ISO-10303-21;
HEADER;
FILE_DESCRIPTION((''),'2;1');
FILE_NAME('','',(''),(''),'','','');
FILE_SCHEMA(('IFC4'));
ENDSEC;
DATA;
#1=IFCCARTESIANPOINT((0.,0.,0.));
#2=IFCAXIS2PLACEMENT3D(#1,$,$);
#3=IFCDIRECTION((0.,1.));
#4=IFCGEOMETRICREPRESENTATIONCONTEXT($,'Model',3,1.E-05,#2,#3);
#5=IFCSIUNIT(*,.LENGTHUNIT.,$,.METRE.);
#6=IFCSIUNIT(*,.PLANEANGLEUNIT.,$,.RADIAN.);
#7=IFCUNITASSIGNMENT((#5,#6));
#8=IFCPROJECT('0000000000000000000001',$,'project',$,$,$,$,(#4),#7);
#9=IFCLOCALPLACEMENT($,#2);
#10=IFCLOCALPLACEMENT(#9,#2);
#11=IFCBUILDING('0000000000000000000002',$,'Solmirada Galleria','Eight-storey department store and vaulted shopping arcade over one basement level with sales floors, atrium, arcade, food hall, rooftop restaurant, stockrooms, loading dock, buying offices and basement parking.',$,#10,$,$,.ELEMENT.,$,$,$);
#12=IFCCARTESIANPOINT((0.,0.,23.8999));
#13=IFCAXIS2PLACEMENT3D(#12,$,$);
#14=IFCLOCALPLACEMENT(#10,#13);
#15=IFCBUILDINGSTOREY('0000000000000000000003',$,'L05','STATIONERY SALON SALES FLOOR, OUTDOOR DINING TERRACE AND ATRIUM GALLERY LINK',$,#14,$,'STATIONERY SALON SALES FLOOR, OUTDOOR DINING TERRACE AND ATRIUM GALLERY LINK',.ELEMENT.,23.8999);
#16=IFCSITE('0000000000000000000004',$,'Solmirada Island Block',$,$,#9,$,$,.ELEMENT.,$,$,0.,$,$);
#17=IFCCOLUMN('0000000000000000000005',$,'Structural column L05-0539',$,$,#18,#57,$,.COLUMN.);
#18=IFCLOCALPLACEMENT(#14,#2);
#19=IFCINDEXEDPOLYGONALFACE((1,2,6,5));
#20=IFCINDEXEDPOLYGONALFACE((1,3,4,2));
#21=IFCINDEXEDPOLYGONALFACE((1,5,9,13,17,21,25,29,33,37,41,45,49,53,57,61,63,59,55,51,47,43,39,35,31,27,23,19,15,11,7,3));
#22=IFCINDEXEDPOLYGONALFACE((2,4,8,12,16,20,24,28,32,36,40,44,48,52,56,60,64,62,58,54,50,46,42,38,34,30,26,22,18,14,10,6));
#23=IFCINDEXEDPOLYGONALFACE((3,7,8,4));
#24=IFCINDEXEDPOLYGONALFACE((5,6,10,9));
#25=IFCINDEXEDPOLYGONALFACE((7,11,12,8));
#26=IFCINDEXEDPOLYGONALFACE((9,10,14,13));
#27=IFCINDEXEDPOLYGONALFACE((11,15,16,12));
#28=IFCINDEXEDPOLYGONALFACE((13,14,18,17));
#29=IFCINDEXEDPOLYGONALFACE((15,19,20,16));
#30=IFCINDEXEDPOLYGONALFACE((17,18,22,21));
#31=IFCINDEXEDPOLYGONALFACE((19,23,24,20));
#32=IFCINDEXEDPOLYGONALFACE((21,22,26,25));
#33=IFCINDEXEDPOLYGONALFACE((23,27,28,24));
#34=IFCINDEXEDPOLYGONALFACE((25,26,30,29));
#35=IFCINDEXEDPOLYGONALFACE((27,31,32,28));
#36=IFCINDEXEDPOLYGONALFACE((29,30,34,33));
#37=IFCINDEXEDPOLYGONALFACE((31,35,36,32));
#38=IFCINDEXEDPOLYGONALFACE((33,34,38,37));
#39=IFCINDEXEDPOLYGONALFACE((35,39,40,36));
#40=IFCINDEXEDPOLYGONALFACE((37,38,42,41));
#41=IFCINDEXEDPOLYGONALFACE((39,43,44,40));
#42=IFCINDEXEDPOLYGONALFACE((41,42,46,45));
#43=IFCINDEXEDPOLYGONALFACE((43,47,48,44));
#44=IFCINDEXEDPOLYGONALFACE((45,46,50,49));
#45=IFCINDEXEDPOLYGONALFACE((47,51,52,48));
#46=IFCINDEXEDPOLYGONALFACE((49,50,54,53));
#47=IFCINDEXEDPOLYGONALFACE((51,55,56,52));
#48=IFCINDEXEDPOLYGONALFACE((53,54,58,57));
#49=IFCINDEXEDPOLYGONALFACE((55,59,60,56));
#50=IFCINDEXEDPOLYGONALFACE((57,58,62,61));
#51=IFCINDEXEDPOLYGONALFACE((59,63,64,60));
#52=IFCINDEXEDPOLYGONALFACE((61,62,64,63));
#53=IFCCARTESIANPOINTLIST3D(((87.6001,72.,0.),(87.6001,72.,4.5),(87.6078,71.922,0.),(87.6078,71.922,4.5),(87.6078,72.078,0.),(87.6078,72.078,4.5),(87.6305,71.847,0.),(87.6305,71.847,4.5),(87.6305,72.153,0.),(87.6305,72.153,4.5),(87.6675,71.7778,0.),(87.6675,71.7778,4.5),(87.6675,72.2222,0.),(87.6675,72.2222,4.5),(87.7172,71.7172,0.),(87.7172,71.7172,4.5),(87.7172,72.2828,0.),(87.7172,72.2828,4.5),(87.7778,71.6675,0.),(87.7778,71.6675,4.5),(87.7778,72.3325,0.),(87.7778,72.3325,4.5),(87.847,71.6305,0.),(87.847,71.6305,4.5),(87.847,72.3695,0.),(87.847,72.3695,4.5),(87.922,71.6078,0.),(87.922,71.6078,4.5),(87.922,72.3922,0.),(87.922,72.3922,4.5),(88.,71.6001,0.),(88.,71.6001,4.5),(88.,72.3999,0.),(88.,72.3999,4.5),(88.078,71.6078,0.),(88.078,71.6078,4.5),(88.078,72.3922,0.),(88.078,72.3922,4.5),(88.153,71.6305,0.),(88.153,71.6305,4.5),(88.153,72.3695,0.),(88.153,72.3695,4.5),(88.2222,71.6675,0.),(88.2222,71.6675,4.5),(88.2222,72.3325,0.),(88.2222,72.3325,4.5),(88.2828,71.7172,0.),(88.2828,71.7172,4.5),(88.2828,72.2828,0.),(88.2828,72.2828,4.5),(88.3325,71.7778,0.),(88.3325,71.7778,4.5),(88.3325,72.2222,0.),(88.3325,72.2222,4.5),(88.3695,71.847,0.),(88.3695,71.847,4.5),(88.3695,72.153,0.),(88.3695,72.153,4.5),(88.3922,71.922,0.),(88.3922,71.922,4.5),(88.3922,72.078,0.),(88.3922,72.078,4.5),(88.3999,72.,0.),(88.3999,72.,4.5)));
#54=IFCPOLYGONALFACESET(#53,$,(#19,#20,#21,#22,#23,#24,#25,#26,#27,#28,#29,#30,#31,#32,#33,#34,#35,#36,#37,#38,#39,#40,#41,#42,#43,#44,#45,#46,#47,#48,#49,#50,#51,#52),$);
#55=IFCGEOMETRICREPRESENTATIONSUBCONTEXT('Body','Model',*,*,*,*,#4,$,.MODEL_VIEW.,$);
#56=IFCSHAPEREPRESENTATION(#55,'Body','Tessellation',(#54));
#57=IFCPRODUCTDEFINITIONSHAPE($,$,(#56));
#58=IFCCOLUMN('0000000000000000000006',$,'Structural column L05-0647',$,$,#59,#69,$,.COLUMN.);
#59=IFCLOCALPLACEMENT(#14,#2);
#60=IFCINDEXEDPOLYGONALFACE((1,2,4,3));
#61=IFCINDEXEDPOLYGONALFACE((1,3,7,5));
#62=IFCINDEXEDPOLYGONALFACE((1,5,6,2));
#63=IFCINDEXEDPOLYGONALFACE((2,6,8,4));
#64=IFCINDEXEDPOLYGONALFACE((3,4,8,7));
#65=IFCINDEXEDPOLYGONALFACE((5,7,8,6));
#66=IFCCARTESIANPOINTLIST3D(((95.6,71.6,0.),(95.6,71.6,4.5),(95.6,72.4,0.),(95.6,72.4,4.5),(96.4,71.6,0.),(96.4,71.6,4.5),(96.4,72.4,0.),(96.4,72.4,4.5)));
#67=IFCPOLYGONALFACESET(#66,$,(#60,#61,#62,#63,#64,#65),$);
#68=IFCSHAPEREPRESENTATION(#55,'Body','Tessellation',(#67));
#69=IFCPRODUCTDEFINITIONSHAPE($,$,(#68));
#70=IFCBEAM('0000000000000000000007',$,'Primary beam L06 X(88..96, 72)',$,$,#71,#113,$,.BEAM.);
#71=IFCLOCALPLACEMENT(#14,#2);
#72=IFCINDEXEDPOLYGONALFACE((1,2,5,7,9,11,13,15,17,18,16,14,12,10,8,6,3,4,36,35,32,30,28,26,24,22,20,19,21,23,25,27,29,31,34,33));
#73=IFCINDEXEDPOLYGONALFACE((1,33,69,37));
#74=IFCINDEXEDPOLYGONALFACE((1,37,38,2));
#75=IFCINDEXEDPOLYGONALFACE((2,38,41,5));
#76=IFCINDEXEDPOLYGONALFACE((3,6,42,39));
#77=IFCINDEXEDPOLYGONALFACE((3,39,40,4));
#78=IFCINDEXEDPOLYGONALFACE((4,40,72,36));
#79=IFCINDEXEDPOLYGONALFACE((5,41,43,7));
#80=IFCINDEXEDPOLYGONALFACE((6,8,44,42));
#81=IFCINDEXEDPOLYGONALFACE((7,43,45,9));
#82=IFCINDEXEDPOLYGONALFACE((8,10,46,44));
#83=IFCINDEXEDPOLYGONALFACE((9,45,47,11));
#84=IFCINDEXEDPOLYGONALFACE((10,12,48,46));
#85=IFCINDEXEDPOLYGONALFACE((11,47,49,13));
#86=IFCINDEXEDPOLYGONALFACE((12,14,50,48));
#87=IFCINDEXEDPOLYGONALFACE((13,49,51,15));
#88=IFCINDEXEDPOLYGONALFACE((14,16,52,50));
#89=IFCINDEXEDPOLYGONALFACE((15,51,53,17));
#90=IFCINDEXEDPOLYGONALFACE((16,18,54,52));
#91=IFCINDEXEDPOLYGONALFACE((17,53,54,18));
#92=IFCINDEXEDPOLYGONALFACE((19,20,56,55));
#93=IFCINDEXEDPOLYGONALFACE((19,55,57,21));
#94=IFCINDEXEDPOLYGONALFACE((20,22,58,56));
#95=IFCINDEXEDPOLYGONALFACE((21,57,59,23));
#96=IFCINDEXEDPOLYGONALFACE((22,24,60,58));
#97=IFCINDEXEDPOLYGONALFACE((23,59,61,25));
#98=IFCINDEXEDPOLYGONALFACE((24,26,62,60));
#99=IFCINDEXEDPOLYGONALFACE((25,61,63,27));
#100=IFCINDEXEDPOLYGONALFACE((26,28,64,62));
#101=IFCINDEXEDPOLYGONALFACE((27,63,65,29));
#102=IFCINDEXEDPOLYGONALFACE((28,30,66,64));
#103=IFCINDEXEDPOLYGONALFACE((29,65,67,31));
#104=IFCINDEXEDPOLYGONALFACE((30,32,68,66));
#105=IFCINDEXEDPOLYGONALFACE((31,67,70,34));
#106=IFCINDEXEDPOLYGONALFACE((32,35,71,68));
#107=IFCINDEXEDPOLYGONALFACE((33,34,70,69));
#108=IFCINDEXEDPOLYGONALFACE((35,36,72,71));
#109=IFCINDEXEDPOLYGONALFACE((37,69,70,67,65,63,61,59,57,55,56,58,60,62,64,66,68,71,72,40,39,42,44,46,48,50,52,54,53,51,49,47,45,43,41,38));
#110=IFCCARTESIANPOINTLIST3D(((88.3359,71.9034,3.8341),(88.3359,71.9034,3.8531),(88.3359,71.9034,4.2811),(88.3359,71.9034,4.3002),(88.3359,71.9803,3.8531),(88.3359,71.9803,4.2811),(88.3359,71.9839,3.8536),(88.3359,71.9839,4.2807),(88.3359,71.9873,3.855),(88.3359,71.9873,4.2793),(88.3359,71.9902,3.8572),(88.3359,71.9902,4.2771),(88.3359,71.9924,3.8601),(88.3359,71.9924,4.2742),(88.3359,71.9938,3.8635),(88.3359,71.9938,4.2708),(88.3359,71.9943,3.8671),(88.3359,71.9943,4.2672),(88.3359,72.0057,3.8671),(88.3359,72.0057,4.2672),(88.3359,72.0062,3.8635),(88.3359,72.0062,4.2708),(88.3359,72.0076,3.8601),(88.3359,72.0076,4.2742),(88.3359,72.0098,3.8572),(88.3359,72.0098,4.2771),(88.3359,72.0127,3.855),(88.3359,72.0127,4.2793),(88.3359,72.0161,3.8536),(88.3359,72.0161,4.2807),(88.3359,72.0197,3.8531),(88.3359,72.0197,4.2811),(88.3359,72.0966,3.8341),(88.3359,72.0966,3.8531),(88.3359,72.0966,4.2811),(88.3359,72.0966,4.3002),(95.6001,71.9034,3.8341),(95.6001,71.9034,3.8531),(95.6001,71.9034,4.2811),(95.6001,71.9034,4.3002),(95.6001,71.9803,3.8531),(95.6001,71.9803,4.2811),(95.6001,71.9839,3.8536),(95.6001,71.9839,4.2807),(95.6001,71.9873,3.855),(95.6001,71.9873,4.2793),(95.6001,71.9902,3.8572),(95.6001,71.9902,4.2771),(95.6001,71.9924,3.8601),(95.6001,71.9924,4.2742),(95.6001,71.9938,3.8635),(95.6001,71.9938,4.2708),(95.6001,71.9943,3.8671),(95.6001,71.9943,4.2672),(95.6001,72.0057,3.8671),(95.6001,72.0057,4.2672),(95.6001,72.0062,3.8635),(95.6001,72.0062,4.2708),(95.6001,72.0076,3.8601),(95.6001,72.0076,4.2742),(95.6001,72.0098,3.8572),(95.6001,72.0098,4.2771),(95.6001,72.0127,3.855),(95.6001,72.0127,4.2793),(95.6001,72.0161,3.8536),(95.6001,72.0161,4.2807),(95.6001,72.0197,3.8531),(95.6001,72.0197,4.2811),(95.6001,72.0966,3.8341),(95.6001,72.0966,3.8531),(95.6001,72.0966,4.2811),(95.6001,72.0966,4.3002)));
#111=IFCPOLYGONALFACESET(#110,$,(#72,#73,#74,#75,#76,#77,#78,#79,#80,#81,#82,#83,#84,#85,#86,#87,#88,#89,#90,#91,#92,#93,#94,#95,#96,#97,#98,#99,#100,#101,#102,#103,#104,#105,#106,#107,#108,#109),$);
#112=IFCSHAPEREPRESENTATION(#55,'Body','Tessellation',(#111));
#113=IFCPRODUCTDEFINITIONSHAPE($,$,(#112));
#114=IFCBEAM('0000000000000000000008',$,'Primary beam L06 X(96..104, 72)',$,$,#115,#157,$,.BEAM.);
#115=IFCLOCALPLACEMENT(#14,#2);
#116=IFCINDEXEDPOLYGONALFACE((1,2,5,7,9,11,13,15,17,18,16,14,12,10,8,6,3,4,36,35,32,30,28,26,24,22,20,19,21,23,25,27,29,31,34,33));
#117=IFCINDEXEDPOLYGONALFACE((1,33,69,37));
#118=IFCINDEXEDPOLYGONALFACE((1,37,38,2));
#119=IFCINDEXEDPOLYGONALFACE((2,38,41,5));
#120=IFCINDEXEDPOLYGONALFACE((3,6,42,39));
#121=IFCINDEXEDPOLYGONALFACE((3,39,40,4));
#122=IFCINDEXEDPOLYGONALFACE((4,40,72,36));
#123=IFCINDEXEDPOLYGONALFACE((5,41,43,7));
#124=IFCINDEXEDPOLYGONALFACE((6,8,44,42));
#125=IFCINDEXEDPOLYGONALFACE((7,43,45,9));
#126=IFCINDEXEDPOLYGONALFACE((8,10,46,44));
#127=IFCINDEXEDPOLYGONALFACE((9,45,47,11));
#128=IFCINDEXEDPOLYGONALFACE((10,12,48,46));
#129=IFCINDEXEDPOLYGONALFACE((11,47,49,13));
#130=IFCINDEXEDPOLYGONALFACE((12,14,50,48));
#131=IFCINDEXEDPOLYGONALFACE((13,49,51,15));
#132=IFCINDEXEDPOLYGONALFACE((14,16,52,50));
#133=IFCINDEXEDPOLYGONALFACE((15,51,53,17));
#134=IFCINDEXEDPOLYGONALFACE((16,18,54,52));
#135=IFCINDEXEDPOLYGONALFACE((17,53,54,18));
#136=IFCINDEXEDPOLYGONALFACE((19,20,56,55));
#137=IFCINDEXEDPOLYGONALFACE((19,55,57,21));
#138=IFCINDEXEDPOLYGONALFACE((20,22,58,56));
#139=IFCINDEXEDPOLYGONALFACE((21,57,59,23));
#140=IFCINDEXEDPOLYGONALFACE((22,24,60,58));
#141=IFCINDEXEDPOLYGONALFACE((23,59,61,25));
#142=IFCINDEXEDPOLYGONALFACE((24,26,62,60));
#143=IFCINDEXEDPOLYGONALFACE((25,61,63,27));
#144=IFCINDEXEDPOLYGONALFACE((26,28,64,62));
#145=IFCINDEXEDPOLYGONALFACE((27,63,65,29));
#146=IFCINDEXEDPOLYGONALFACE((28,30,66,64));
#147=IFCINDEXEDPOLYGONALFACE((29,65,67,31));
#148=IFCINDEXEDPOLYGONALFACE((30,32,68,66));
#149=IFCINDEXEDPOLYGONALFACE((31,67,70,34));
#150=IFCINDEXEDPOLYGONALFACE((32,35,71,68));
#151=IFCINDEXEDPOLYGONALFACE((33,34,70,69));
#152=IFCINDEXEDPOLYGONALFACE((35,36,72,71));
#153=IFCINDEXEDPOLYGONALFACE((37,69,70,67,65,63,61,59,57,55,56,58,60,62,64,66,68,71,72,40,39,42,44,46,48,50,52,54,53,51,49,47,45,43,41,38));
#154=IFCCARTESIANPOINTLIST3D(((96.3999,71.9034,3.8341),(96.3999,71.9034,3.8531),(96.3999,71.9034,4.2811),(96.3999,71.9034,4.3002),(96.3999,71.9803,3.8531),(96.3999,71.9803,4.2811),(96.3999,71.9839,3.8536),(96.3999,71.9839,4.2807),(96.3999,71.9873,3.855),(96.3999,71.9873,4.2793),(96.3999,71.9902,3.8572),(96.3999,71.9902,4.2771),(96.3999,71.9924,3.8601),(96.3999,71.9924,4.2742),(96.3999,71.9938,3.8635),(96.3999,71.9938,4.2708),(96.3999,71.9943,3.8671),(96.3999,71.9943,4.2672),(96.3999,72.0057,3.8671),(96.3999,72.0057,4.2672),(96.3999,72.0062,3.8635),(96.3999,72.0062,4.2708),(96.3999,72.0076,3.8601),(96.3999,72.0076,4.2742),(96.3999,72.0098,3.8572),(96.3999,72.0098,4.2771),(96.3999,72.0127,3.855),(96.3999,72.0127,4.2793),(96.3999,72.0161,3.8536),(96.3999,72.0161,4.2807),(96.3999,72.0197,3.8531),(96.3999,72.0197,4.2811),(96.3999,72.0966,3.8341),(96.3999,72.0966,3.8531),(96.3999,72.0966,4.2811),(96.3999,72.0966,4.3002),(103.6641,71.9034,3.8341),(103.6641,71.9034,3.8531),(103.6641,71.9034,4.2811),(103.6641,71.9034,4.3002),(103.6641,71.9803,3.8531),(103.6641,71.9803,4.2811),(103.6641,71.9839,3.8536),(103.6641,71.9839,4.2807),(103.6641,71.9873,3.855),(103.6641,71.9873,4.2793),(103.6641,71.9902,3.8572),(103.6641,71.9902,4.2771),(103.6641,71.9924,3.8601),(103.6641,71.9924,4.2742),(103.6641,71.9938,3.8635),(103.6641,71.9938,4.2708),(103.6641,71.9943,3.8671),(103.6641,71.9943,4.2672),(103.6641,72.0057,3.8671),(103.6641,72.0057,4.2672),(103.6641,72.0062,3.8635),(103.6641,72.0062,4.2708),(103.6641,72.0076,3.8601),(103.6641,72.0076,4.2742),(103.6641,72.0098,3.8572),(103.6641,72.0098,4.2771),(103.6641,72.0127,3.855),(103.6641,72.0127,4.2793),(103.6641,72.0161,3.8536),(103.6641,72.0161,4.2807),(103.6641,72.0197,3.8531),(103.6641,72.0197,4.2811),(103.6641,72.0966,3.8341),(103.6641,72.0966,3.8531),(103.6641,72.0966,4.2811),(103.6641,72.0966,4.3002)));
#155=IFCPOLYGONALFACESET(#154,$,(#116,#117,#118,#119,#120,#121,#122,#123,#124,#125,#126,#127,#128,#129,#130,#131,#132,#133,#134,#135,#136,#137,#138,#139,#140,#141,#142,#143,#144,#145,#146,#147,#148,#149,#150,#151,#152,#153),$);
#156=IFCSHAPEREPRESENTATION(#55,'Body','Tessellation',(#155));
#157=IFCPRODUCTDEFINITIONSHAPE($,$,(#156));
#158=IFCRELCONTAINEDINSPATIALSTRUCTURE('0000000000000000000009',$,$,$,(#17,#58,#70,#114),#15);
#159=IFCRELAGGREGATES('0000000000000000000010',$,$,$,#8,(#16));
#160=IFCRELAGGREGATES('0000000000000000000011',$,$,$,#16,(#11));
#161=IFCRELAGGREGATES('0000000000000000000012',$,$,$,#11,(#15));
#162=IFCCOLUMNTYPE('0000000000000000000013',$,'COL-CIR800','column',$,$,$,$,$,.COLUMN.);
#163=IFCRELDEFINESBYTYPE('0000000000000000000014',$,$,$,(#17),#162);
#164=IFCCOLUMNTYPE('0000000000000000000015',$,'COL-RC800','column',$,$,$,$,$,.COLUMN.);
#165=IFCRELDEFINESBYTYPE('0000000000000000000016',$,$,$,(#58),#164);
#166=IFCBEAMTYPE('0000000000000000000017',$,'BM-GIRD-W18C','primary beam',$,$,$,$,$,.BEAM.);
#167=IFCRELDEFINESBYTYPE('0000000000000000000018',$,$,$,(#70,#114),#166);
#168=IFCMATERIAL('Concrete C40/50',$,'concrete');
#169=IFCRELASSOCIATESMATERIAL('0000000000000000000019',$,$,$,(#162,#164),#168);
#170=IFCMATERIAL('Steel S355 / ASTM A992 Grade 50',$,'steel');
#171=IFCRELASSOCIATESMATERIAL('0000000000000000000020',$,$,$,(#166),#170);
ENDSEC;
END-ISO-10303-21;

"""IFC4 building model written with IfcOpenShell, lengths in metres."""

from ifc_helpers import new_model, si_unit, direction, frame, origin, origin_2d, place, context, subcontext, project, spatial, rectangle, circle, i_section, extrude, material, material_profile, profile_set, type_object, element, save


model = new_model("IFC4")

# Units and contexts
model_context = context("Model", 3, precision=1e-05, world=origin(), true_north=direction((0.0, 1.0)))
body_context = subcontext(model_context, "Body", "Model", "MODEL_VIEW")
ifc_project = project(units=[si_unit("LENGTHUNIT", "METRE"), si_unit("PLANEANGLEUNIT", "RADIAN")], contexts=[model_context])

# Site, building, storey
site_placement = place(None, origin())
site = spatial("IfcSite", under=ifc_project, at=site_placement, Name="Solmirada Island Block", CompositionType="ELEMENT", RefElevation=0.0)
building_placement = place(site_placement, origin())
building = spatial("IfcBuilding", under=site, at=building_placement, Name="Solmirada Galleria", Description="Eight-storey department store and vaulted shopping arcade over one basement level with sales floors, atrium, arcade, food hall, rooftop restaurant, stockrooms, loading dock, buying offices and basement parking.", CompositionType="ELEMENT")
storey_placement = place(building_placement, frame((0.0, 0.0, 23.8999)))
storey = spatial("IfcBuildingStorey", under=building, at=storey_placement, Name="L05", Description="STATIONERY SALON SALES FLOOR, OUTDOOR DINING TERRACE AND ATRIUM GALLERY LINK", LongName="STATIONERY SALON SALES FLOOR, OUTDOOR DINING TERRACE AND ATRIUM GALLERY LINK", CompositionType="ELEMENT", Elevation=23.8999)

# Columns
ifc_material_1 = material(Name="Concrete C40/50", Category="concrete")
ifc_material_profile_1 = material_profile(ifc_material_1, circle(Radius=0.3999, at=origin_2d()), Name="RCCOL800")
ifc_profile_set_1 = profile_set([ifc_material_profile_1], Name="Concrete C40/50")
column_type_1 = type_object("IfcColumnType", Name="COL-CIR800", Description="column", PredefinedType="COLUMN", material=ifc_profile_set_1)
column_1_placement = place(storey_placement, frame((88.0, 72.0, 0.0), z_axis=(0.0, 0.0, 1.0), x_axis=(1.0, 0.0, 0.0)))
element("IfcColumn", 1, at=column_1_placement, inside=storey, type_object=column_type_1, Name="Structural column L05-0539", PredefinedType="COLUMN", context=body_context, shape_type="SweptSolid", body=[
    extrude(circle(Radius=0.3999, at=origin_2d()), origin(), (0.0, 0.0, 1.0), 4.5),
])
ifc_material_profile_2 = material_profile(ifc_material_1, rectangle(XDim=0.8, YDim=0.8, at=origin_2d()), Name="RC800X800")
ifc_profile_set_2 = profile_set([ifc_material_profile_2], Name="Concrete C40/50")
column_type_2 = type_object("IfcColumnType", Name="COL-RC800", Description="column", PredefinedType="COLUMN", material=ifc_profile_set_2)
column_2_placement = place(storey_placement, frame((96.0, 72.0, 0.0), z_axis=(0.0, 0.0, 1.0), x_axis=(1.0, 0.0, 0.0)))
element("IfcColumn", 2, at=column_2_placement, inside=storey, type_object=column_type_2, Name="Structural column L05-0647", PredefinedType="COLUMN", context=body_context, shape_type="SweptSolid", body=[
    extrude(rectangle(XDim=0.8, YDim=0.8, at=origin_2d()), origin(), (0.0, 0.0, 1.0), 4.5),
])

# Beams
ifc_material_2 = material(Name="Steel S355 / ASTM A992 Grade 50", Category="steel")
ifc_material_profile_3 = material_profile(ifc_material_2, i_section(OverallWidth=0.1931, OverallDepth=0.4661, WebThickness=0.0115, FlangeThickness=0.019, FilletRadius=0.0139, at=origin_2d()), Name="W18X65")
ifc_profile_set_3 = profile_set([ifc_material_profile_3], Name="Steel S355 / ASTM A992 Grade 50")
beam_type = type_object("IfcBeamType", Name="BM-GIRD-W18C", Description="primary beam", PredefinedType="BEAM", material=ifc_profile_set_3)
for number, where, z_axis, x_axis, name in (
    (3, (88.3359, 72.0, 4.0671), (1.0, 0.0, 0.0), (0.0, 1.0, 0.0), "Primary beam L06 X(88..96, 72)"),
    (4, (96.3999, 72.0, 4.0671), (1.0, 0.0, 0.0), (0.0, 1.0, 0.0), "Primary beam L06 X(96..104, 72)"),
):
    element("IfcBeam", number, at=place(storey_placement, frame(where, z_axis=z_axis, x_axis=x_axis)), inside=storey, type_object=beam_type, Name=name, PredefinedType="BEAM", context=body_context, shape_type="SweptSolid", body=[
        extrude(i_section(OverallWidth=0.1931, OverallDepth=0.4661, WebThickness=0.0115, FlangeThickness=0.019, FilletRadius=0.0139, at=origin_2d()), origin(), (0.0, 0.0, 1.0), 7.2642),
    ])

save(model, "model.ifc")
